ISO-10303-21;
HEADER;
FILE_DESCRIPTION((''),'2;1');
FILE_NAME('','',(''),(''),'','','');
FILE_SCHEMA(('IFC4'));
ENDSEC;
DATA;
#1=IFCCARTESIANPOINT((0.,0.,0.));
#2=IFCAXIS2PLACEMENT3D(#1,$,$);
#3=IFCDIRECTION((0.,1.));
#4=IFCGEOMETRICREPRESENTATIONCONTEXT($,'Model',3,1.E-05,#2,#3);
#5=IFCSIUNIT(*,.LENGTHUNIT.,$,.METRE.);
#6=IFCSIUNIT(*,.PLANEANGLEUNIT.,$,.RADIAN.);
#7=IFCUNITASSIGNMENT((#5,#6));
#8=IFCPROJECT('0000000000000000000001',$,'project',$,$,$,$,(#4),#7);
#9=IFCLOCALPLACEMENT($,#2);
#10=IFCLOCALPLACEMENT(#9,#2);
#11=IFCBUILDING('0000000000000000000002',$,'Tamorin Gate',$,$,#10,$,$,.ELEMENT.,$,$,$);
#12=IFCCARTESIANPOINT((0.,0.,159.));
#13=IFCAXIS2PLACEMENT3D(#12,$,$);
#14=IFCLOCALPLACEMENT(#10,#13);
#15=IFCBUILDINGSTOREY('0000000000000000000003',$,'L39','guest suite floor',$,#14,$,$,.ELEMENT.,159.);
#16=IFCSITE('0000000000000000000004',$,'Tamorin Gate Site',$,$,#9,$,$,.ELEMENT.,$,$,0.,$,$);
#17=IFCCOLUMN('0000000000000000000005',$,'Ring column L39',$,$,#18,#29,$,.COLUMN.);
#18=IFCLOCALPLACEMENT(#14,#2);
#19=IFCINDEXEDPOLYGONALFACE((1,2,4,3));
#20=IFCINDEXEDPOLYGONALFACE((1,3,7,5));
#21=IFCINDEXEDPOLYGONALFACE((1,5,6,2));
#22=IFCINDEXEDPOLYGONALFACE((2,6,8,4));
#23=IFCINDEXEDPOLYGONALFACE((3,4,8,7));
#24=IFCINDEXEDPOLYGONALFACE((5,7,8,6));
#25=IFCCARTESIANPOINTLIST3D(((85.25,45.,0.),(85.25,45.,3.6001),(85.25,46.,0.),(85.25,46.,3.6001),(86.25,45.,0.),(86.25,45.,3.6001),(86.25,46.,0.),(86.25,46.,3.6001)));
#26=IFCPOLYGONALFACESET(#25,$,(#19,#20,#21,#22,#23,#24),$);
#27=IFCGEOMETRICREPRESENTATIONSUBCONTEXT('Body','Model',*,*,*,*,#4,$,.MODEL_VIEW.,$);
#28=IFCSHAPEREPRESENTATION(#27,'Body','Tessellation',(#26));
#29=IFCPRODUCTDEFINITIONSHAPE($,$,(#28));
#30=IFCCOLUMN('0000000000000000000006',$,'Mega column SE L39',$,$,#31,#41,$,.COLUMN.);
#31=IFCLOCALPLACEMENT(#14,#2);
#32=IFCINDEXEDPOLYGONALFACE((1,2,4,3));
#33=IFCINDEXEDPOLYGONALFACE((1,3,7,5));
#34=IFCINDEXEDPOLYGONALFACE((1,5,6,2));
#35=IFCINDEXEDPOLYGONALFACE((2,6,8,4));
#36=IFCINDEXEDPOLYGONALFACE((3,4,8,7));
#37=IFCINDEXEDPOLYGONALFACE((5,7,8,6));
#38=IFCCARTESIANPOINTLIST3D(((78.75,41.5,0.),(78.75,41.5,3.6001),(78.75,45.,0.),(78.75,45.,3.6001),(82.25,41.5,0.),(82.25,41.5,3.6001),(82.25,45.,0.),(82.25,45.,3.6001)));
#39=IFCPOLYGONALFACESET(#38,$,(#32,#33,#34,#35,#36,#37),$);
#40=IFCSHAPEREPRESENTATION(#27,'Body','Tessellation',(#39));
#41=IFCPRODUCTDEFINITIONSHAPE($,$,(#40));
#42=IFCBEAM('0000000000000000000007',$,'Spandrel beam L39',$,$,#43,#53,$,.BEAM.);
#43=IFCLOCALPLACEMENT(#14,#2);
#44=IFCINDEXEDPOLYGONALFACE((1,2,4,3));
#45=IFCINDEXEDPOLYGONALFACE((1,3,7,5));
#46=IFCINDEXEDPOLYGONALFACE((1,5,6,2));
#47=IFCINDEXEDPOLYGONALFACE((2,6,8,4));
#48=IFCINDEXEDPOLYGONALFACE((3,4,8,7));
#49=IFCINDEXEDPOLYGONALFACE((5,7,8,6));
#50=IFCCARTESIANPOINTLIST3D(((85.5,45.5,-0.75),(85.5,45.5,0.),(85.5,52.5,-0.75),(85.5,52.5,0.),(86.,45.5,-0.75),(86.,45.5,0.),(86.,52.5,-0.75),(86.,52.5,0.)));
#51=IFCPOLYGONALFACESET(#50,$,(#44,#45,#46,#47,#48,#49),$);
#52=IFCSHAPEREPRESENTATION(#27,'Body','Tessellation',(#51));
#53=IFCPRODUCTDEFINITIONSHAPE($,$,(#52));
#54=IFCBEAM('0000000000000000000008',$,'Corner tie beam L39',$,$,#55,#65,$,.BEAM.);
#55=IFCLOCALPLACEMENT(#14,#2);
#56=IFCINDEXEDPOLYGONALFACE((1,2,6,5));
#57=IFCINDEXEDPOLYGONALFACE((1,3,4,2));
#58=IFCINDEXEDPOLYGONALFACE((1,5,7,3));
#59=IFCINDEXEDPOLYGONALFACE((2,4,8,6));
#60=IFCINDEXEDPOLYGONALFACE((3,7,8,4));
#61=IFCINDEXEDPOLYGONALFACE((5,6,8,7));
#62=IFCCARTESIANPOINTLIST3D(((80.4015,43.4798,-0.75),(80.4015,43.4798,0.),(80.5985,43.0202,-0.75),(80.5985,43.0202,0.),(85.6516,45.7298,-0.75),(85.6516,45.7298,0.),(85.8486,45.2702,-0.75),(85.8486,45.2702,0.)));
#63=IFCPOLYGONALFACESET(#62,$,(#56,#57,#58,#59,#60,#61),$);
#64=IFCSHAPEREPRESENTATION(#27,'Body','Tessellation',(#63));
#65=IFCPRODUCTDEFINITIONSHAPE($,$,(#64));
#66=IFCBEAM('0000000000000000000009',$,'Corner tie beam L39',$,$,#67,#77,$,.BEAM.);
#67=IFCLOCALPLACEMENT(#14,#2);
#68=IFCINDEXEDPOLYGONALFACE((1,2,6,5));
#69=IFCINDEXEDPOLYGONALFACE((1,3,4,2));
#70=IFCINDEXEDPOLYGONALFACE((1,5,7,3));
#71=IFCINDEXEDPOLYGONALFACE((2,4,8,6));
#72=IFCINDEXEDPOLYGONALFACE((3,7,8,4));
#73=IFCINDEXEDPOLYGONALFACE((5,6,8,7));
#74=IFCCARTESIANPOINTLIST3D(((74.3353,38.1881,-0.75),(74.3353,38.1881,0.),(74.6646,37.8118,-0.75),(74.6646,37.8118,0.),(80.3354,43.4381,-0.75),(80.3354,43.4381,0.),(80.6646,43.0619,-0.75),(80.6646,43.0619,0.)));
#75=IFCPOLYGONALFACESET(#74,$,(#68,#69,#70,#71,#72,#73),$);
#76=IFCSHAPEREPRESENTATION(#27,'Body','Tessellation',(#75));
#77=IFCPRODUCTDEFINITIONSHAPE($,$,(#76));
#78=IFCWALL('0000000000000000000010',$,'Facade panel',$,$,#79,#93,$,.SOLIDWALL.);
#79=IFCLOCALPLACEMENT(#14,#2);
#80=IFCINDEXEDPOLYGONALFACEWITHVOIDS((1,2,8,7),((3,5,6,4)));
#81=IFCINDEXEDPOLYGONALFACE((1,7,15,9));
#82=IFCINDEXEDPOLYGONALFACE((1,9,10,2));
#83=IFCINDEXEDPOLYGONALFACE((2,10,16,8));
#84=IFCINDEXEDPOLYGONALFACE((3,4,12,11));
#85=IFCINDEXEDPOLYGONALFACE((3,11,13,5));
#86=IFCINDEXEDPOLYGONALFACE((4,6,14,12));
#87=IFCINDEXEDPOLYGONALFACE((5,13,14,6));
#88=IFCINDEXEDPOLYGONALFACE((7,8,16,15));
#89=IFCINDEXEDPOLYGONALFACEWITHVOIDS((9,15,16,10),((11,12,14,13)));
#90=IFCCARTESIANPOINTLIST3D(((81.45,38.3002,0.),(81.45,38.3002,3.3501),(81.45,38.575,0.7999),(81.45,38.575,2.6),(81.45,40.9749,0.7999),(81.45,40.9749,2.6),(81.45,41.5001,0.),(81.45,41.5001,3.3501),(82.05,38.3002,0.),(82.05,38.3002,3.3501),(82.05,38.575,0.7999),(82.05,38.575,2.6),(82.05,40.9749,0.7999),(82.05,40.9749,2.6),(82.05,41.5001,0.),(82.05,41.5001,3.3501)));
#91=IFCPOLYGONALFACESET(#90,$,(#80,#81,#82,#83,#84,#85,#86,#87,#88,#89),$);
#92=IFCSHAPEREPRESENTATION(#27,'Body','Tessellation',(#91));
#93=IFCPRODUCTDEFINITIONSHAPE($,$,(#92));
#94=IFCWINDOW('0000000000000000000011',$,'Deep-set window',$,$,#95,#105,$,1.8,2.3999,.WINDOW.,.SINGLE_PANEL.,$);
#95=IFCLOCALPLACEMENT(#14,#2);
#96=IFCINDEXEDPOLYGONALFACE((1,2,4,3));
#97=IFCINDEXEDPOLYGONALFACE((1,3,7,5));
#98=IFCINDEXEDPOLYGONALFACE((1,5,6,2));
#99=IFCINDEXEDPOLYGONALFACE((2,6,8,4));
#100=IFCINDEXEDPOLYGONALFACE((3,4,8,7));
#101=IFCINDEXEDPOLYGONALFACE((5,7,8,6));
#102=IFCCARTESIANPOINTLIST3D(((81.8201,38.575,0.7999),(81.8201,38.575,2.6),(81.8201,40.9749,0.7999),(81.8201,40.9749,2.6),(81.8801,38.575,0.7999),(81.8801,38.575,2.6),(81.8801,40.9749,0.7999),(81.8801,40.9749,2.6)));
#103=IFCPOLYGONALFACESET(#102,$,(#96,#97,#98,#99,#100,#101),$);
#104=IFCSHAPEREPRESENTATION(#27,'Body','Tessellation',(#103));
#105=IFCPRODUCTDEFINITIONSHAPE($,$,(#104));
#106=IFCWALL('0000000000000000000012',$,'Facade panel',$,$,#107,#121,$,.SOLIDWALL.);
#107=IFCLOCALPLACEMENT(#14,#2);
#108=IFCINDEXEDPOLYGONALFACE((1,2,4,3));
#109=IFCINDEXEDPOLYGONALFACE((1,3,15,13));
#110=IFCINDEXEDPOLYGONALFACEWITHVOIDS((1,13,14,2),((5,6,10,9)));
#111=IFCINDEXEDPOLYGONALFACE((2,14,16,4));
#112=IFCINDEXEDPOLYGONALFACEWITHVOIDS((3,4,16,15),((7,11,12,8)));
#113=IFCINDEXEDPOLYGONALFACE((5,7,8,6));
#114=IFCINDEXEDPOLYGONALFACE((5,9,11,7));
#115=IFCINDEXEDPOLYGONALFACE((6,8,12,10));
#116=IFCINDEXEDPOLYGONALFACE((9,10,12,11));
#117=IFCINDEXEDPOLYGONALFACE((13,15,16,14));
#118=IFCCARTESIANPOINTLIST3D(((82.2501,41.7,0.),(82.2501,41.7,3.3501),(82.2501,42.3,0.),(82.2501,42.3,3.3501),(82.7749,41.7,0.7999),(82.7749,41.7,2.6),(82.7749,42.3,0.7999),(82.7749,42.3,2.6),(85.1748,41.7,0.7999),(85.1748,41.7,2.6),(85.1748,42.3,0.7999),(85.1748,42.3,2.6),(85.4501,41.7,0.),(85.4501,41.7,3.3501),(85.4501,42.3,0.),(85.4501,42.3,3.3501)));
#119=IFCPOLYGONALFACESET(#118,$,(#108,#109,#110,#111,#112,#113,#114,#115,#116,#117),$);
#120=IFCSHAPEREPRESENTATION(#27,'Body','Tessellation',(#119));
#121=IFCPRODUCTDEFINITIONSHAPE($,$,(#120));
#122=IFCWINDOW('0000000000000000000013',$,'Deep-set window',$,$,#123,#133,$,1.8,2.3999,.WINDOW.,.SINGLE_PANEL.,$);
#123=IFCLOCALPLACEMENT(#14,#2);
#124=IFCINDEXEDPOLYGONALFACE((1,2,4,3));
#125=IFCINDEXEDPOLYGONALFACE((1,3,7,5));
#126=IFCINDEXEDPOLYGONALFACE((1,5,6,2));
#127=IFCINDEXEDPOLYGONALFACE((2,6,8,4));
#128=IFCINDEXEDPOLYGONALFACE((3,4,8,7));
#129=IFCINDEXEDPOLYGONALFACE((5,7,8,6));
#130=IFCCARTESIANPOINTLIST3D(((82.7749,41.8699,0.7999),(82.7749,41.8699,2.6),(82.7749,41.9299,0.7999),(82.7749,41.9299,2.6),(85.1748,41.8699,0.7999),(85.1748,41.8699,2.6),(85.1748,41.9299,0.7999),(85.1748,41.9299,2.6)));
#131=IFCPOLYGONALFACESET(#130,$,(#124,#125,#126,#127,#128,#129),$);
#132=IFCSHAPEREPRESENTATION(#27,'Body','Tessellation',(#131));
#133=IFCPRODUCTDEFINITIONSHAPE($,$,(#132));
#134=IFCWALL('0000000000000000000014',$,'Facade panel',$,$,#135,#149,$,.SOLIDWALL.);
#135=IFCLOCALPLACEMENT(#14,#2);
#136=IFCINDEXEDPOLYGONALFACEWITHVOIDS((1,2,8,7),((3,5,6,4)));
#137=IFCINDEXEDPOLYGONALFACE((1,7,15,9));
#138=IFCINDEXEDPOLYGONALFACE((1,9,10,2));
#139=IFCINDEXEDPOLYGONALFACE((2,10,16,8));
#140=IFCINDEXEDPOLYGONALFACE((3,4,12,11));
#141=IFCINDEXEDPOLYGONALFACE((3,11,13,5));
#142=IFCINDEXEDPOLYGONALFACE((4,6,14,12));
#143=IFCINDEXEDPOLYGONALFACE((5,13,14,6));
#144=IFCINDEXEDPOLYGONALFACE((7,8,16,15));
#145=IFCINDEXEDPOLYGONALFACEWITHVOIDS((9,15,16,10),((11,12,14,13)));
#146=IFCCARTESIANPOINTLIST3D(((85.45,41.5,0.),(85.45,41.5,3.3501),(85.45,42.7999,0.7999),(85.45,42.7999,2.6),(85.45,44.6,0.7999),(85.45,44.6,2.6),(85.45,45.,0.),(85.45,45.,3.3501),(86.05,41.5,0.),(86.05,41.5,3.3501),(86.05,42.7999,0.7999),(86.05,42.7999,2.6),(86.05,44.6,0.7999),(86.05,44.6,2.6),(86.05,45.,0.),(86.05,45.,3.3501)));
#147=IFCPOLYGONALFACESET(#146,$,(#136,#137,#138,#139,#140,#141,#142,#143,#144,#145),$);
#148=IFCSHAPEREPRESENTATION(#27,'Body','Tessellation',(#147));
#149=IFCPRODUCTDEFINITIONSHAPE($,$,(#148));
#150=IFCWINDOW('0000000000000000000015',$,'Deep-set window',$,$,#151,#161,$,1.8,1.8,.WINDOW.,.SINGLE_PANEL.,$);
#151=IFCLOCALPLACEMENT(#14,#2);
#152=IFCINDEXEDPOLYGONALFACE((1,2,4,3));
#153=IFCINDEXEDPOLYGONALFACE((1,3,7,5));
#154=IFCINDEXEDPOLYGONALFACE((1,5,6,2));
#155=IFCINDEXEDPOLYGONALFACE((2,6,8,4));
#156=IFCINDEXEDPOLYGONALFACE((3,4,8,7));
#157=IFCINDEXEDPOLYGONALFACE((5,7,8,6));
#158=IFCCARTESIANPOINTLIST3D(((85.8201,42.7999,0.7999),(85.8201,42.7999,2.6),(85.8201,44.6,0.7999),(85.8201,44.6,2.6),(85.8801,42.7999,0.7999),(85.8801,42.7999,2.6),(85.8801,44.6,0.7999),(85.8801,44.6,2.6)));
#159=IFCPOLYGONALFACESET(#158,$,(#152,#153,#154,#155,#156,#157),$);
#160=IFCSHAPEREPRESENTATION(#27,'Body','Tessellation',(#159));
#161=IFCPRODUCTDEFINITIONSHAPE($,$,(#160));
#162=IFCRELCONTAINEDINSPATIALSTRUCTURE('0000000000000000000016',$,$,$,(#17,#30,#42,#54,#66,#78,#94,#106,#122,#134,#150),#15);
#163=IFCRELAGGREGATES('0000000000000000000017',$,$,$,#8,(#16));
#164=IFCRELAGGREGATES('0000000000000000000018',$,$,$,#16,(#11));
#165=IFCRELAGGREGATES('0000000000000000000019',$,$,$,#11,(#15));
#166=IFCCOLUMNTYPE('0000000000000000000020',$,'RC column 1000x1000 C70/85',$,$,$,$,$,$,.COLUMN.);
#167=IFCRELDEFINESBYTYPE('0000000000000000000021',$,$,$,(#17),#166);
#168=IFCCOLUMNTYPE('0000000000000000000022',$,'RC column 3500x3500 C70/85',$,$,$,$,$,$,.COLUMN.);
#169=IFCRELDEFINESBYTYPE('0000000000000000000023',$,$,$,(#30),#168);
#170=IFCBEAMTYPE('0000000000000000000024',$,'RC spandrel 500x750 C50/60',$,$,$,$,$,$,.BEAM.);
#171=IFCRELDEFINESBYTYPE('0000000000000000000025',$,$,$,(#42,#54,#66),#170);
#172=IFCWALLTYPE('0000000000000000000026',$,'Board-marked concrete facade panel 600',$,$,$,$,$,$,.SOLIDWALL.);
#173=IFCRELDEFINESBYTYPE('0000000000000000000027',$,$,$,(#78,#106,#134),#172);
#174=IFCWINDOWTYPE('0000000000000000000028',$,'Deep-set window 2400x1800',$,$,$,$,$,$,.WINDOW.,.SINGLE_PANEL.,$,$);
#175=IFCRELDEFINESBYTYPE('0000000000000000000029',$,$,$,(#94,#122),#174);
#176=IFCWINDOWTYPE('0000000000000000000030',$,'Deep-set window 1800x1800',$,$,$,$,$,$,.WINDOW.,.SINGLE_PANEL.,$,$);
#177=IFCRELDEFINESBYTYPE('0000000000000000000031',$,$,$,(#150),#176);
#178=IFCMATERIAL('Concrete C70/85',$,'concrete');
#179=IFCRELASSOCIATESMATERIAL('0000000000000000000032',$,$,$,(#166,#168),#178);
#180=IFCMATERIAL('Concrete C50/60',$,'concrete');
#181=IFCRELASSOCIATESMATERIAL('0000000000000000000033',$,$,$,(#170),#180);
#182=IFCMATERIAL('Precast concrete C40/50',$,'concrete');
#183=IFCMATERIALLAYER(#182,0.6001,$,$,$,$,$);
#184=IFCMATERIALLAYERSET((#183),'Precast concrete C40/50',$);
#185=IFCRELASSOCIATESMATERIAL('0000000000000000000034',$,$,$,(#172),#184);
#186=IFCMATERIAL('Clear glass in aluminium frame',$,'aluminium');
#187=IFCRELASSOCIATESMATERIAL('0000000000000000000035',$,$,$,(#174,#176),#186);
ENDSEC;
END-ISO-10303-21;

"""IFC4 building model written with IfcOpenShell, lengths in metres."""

from ifc_helpers import new_model, si_unit, direction, frame, frame_2d, origin, origin_2d, place, context, subcontext, project, spatial, rectangle, extrude, material, layer, layer_set, material_profile, profile_set, type_object, element, fill, save


model = new_model("IFC4")

# Units and contexts
model_context = context("Model", 3, precision=1e-05, world=origin(), true_north=direction((0.0, 1.0)))
body_context = subcontext(model_context, "Body", "Model", "MODEL_VIEW")
ifc_project = project(units=[si_unit("LENGTHUNIT", "METRE"), si_unit("PLANEANGLEUNIT", "RADIAN")], contexts=[model_context])

# Site, building, storey
site_placement = place(None, origin())
site = spatial("IfcSite", under=ifc_project, at=site_placement, Name="Tamorin Gate Site", CompositionType="ELEMENT", RefElevation=0.0)
building_placement = place(site_placement, origin())
building = spatial("IfcBuilding", under=site, at=building_placement, Name="Tamorin Gate", CompositionType="ELEMENT")
storey_placement = place(building_placement, frame((0.0, 0.0, 159.0)))
storey = spatial("IfcBuildingStorey", under=building, at=storey_placement, Name="L39", Description="guest suite floor", CompositionType="ELEMENT", Elevation=159.0)

# Columns
ifc_material_1 = material(Name="Concrete C70/85", Category="concrete")
ifc_material_profile_1 = material_profile(ifc_material_1, rectangle(XDim=1.0, YDim=1.0, at=origin_2d()), Name="RC 1000x1000")
ifc_profile_set_1 = profile_set([ifc_material_profile_1], Name="Concrete C70/85")
column_type_1 = type_object("IfcColumnType", Name="RC column 1000x1000 C70/85", PredefinedType="COLUMN", material=ifc_profile_set_1)
column_1_placement = place(storey_placement, frame((85.75, 45.5, 0.0), z_axis=(0.0, 0.0, 1.0), x_axis=(1.0, 0.0, 0.0)))
element("IfcColumn", 1, at=column_1_placement, inside=storey, type_object=column_type_1, Name="Ring column L39", PredefinedType="COLUMN", context=body_context, shape_type="SweptSolid", body=[
    extrude(rectangle(XDim=1.0, YDim=1.0, at=origin_2d()), origin(), (0.0, 0.0, 1.0), 3.6001),
])
ifc_material_profile_2 = material_profile(ifc_material_1, rectangle(XDim=3.5, YDim=3.5, at=origin_2d()), Name="RC 3500x3500")
ifc_profile_set_2 = profile_set([ifc_material_profile_2], Name="Concrete C70/85")
column_type_2 = type_object("IfcColumnType", Name="RC column 3500x3500 C70/85", PredefinedType="COLUMN", material=ifc_profile_set_2)
column_2_placement = place(storey_placement, frame((80.5, 43.25, 0.0), z_axis=(0.0, 0.0, 1.0), x_axis=(1.0, 0.0, 0.0)))
element("IfcColumn", 2, at=column_2_placement, inside=storey, type_object=column_type_2, Name="Mega column SE L39", PredefinedType="COLUMN", context=body_context, shape_type="SweptSolid", body=[
    extrude(rectangle(XDim=3.5, YDim=3.5, at=origin_2d()), origin(), (0.0, 0.0, 1.0), 3.6001),
])

# Beams
ifc_material_2 = material(Name="Concrete C50/60", Category="concrete")
ifc_material_profile_3 = material_profile(ifc_material_2, rectangle(XDim=0.5, YDim=0.75, at=origin_2d()), Name="RC 500x750")
ifc_profile_set_3 = profile_set([ifc_material_profile_3], Name="Concrete C50/60")
beam_type = type_object("IfcBeamType", Name="RC spandrel 500x750 C50/60", PredefinedType="BEAM", material=ifc_profile_set_3)
beam_1_placement = place(storey_placement, frame((85.75, 45.5, -0.375), z_axis=(0.0, 1.0, 0.0), x_axis=(-1.0, 0.0, 0.0)))
element("IfcBeam", 3, at=beam_1_placement, inside=storey, type_object=beam_type, Name="Spandrel beam L39", PredefinedType="BEAM", context=body_context, shape_type="SweptSolid", body=[
    extrude(rectangle(XDim=0.5, YDim=0.75, at=origin_2d()), origin(), (0.0, 0.0, 1.0), 7.0),
])
beam_2_placement = place(storey_placement, frame((80.5, 43.25, -0.375), z_axis=(0.919145, 0.393919, 0.0), x_axis=(-0.393919, 0.919145, 0.0)))
element("IfcBeam", 4, at=beam_2_placement, inside=storey, type_object=beam_type, Name="Corner tie beam L39", PredefinedType="BEAM", context=body_context, shape_type="SweptSolid", body=[
    extrude(rectangle(XDim=0.5, YDim=0.75, at=origin_2d()), origin(), (0.0, 0.0, 1.0), 5.7119),
])
beam_3_placement = place(storey_placement, frame((80.5, 43.25, -0.375), z_axis=(-0.752577, -0.658505, 0.0), x_axis=(0.658505, -0.752577, 0.0)))
element("IfcBeam", 5, at=beam_3_placement, inside=storey, type_object=beam_type, Name="Corner tie beam L39", PredefinedType="BEAM", context=body_context, shape_type="SweptSolid", body=[
    extrude(rectangle(XDim=0.5, YDim=0.75, at=origin_2d()), origin(), (0.0, 0.0, 1.0), 7.9727),
])

# Walls, openings, windows
ifc_material_3 = material(Name="Precast concrete C40/50", Category="concrete")
ifc_layer_1 = layer(ifc_material_3, 0.6001)
ifc_layer_set_1 = layer_set([ifc_layer_1], Name="Precast concrete C40/50")
wall_type_1 = type_object("IfcWallType", Name="Board-marked concrete facade panel 600", PredefinedType="SOLIDWALL", material=ifc_layer_set_1)
wall_1_placement = place(storey_placement, frame((81.75, 38.3, 0.0), z_axis=(0.0, 0.0, 1.0), x_axis=(0.0, 1.0, 0.0)))
wall_1 = element("IfcWall", 6, at=wall_1_placement, inside=storey, type_object=wall_type_1, Name="Facade panel", PredefinedType="SOLIDWALL", context=body_context, shape_type="SweptSolid", body=[
    extrude(rectangle(XDim=3.2, YDim=0.6001, at=frame_2d((1.6001, 0.0))), origin(), (0.0, 0.0, 1.0), 3.3501),
])
opening_1_placement = place(wall_1_placement, frame((0.2749, 0.0, 0.8)))
opening_1 = element("IfcOpeningElement", 7, at=opening_1_placement, cuts=wall_1, PredefinedType="OPENING", context=body_context, shape_type="SweptSolid", body=[
    extrude(rectangle(XDim=2.3999, YDim=1.8, at=frame_2d((1.2, 0.8999))), frame((0.0, 0.3101, 0.0), z_axis=(0.0, -1.0, 0.0), x_axis=(1.0, 0.0, 0.0)), (0.0, 0.0, 1.0), 0.6201),
])
ifc_material_4 = material(Name="Clear glass in aluminium frame", Category="aluminium")
window_type_1 = type_object("IfcWindowType", Name="Deep-set window 2400x1800", PartitioningType="SINGLE_PANEL", PredefinedType="WINDOW", material=ifc_material_4)
window_1_placement = place(opening_1_placement, origin())
window_1 = element("IfcWindow", 8, at=window_1_placement, inside=storey, type_object=window_type_1, Name="Deep-set window", OverallHeight=1.8, OverallWidth=2.3999, PartitioningType="SINGLE_PANEL", PredefinedType="WINDOW", context=body_context, shape_type="SweptSolid", body=[
    extrude(rectangle(XDim=2.3999, YDim=1.8, at=frame_2d((1.2, 0.8999))), frame((0.0, -0.0701, 0.0), z_axis=(0.0, -1.0, 0.0), x_axis=(1.0, 0.0, 0.0)), (0.0, 0.0, 1.0), 0.0601),
])
fill(opening_1, window_1)
wall_2_placement = place(storey_placement, frame((82.25, 42.0, 0.0), z_axis=(0.0, 0.0, 1.0), x_axis=(1.0, 0.0, 0.0)))
wall_2 = element("IfcWall", 9, at=wall_2_placement, inside=storey, type_object=wall_type_1, Name="Facade panel", PredefinedType="SOLIDWALL", context=body_context, shape_type="SweptSolid", body=[
    extrude(rectangle(XDim=3.2, YDim=0.6001, at=frame_2d((1.6001, 0.0))), origin(), (0.0, 0.0, 1.0), 3.3501),
])
opening_2_placement = place(wall_2_placement, frame((0.5249, 0.0, 0.8)))
opening_2 = element("IfcOpeningElement", 10, at=opening_2_placement, cuts=wall_2, PredefinedType="OPENING", context=body_context, shape_type="SweptSolid", body=[
    extrude(rectangle(XDim=2.3999, YDim=1.8, at=frame_2d((1.2, 0.8999))), frame((0.0, 0.3101, 0.0), z_axis=(0.0, -1.0, 0.0), x_axis=(1.0, 0.0, 0.0)), (0.0, 0.0, 1.0), 0.6201),
])
window_2_placement = place(opening_2_placement, origin())
window_2 = element("IfcWindow", 11, at=window_2_placement, inside=storey, type_object=window_type_1, Name="Deep-set window", OverallHeight=1.8, OverallWidth=2.3999, PartitioningType="SINGLE_PANEL", PredefinedType="WINDOW", context=body_context, shape_type="SweptSolid", body=[
    extrude(rectangle(XDim=2.3999, YDim=1.8, at=frame_2d((1.2, 0.8999))), frame((0.0, -0.0701, 0.0), z_axis=(0.0, -1.0, 0.0), x_axis=(1.0, 0.0, 0.0)), (0.0, 0.0, 1.0), 0.0601),
])
fill(opening_2, window_2)
wall_3_placement = place(storey_placement, frame((85.75, 41.5, 0.0), z_axis=(0.0, 0.0, 1.0), x_axis=(0.0, 1.0, 0.0)))
wall_3 = element("IfcWall", 12, at=wall_3_placement, inside=storey, type_object=wall_type_1, Name="Facade panel", PredefinedType="SOLIDWALL", context=body_context, shape_type="SweptSolid", body=[
    extrude(rectangle(XDim=3.5, YDim=0.6001, at=frame_2d((1.75, 0.0))), origin(), (0.0, 0.0, 1.0), 3.3501),
])
opening_3_placement = place(wall_3_placement, frame((1.3, 0.0, 0.8)))
opening_3 = element("IfcOpeningElement", 13, at=opening_3_placement, cuts=wall_3, PredefinedType="OPENING", context=body_context, shape_type="SweptSolid", body=[
    extrude(rectangle(XDim=1.8, YDim=1.8, at=frame_2d((0.8999, 0.8999))), frame((0.0, 0.3101, 0.0), z_axis=(0.0, -1.0, 0.0), x_axis=(1.0, 0.0, 0.0)), (0.0, 0.0, 1.0), 0.6201),
])
window_type_2 = type_object("IfcWindowType", Name="Deep-set window 1800x1800", PartitioningType="SINGLE_PANEL", PredefinedType="WINDOW", material=ifc_material_4)
window_3_placement = place(opening_3_placement, origin())
window_3 = element("IfcWindow", 14, at=window_3_placement, inside=storey, type_object=window_type_2, Name="Deep-set window", OverallHeight=1.8, OverallWidth=1.8, PartitioningType="SINGLE_PANEL", PredefinedType="WINDOW", context=body_context, shape_type="SweptSolid", body=[
    extrude(rectangle(XDim=1.8, YDim=1.8, at=frame_2d((0.8999, 0.8999))), frame((0.0, -0.0701, 0.0), z_axis=(0.0, -1.0, 0.0), x_axis=(1.0, 0.0, 0.0)), (0.0, 0.0, 1.0), 0.0601),
])
fill(opening_3, window_3)

save(model, "model.ifc")
